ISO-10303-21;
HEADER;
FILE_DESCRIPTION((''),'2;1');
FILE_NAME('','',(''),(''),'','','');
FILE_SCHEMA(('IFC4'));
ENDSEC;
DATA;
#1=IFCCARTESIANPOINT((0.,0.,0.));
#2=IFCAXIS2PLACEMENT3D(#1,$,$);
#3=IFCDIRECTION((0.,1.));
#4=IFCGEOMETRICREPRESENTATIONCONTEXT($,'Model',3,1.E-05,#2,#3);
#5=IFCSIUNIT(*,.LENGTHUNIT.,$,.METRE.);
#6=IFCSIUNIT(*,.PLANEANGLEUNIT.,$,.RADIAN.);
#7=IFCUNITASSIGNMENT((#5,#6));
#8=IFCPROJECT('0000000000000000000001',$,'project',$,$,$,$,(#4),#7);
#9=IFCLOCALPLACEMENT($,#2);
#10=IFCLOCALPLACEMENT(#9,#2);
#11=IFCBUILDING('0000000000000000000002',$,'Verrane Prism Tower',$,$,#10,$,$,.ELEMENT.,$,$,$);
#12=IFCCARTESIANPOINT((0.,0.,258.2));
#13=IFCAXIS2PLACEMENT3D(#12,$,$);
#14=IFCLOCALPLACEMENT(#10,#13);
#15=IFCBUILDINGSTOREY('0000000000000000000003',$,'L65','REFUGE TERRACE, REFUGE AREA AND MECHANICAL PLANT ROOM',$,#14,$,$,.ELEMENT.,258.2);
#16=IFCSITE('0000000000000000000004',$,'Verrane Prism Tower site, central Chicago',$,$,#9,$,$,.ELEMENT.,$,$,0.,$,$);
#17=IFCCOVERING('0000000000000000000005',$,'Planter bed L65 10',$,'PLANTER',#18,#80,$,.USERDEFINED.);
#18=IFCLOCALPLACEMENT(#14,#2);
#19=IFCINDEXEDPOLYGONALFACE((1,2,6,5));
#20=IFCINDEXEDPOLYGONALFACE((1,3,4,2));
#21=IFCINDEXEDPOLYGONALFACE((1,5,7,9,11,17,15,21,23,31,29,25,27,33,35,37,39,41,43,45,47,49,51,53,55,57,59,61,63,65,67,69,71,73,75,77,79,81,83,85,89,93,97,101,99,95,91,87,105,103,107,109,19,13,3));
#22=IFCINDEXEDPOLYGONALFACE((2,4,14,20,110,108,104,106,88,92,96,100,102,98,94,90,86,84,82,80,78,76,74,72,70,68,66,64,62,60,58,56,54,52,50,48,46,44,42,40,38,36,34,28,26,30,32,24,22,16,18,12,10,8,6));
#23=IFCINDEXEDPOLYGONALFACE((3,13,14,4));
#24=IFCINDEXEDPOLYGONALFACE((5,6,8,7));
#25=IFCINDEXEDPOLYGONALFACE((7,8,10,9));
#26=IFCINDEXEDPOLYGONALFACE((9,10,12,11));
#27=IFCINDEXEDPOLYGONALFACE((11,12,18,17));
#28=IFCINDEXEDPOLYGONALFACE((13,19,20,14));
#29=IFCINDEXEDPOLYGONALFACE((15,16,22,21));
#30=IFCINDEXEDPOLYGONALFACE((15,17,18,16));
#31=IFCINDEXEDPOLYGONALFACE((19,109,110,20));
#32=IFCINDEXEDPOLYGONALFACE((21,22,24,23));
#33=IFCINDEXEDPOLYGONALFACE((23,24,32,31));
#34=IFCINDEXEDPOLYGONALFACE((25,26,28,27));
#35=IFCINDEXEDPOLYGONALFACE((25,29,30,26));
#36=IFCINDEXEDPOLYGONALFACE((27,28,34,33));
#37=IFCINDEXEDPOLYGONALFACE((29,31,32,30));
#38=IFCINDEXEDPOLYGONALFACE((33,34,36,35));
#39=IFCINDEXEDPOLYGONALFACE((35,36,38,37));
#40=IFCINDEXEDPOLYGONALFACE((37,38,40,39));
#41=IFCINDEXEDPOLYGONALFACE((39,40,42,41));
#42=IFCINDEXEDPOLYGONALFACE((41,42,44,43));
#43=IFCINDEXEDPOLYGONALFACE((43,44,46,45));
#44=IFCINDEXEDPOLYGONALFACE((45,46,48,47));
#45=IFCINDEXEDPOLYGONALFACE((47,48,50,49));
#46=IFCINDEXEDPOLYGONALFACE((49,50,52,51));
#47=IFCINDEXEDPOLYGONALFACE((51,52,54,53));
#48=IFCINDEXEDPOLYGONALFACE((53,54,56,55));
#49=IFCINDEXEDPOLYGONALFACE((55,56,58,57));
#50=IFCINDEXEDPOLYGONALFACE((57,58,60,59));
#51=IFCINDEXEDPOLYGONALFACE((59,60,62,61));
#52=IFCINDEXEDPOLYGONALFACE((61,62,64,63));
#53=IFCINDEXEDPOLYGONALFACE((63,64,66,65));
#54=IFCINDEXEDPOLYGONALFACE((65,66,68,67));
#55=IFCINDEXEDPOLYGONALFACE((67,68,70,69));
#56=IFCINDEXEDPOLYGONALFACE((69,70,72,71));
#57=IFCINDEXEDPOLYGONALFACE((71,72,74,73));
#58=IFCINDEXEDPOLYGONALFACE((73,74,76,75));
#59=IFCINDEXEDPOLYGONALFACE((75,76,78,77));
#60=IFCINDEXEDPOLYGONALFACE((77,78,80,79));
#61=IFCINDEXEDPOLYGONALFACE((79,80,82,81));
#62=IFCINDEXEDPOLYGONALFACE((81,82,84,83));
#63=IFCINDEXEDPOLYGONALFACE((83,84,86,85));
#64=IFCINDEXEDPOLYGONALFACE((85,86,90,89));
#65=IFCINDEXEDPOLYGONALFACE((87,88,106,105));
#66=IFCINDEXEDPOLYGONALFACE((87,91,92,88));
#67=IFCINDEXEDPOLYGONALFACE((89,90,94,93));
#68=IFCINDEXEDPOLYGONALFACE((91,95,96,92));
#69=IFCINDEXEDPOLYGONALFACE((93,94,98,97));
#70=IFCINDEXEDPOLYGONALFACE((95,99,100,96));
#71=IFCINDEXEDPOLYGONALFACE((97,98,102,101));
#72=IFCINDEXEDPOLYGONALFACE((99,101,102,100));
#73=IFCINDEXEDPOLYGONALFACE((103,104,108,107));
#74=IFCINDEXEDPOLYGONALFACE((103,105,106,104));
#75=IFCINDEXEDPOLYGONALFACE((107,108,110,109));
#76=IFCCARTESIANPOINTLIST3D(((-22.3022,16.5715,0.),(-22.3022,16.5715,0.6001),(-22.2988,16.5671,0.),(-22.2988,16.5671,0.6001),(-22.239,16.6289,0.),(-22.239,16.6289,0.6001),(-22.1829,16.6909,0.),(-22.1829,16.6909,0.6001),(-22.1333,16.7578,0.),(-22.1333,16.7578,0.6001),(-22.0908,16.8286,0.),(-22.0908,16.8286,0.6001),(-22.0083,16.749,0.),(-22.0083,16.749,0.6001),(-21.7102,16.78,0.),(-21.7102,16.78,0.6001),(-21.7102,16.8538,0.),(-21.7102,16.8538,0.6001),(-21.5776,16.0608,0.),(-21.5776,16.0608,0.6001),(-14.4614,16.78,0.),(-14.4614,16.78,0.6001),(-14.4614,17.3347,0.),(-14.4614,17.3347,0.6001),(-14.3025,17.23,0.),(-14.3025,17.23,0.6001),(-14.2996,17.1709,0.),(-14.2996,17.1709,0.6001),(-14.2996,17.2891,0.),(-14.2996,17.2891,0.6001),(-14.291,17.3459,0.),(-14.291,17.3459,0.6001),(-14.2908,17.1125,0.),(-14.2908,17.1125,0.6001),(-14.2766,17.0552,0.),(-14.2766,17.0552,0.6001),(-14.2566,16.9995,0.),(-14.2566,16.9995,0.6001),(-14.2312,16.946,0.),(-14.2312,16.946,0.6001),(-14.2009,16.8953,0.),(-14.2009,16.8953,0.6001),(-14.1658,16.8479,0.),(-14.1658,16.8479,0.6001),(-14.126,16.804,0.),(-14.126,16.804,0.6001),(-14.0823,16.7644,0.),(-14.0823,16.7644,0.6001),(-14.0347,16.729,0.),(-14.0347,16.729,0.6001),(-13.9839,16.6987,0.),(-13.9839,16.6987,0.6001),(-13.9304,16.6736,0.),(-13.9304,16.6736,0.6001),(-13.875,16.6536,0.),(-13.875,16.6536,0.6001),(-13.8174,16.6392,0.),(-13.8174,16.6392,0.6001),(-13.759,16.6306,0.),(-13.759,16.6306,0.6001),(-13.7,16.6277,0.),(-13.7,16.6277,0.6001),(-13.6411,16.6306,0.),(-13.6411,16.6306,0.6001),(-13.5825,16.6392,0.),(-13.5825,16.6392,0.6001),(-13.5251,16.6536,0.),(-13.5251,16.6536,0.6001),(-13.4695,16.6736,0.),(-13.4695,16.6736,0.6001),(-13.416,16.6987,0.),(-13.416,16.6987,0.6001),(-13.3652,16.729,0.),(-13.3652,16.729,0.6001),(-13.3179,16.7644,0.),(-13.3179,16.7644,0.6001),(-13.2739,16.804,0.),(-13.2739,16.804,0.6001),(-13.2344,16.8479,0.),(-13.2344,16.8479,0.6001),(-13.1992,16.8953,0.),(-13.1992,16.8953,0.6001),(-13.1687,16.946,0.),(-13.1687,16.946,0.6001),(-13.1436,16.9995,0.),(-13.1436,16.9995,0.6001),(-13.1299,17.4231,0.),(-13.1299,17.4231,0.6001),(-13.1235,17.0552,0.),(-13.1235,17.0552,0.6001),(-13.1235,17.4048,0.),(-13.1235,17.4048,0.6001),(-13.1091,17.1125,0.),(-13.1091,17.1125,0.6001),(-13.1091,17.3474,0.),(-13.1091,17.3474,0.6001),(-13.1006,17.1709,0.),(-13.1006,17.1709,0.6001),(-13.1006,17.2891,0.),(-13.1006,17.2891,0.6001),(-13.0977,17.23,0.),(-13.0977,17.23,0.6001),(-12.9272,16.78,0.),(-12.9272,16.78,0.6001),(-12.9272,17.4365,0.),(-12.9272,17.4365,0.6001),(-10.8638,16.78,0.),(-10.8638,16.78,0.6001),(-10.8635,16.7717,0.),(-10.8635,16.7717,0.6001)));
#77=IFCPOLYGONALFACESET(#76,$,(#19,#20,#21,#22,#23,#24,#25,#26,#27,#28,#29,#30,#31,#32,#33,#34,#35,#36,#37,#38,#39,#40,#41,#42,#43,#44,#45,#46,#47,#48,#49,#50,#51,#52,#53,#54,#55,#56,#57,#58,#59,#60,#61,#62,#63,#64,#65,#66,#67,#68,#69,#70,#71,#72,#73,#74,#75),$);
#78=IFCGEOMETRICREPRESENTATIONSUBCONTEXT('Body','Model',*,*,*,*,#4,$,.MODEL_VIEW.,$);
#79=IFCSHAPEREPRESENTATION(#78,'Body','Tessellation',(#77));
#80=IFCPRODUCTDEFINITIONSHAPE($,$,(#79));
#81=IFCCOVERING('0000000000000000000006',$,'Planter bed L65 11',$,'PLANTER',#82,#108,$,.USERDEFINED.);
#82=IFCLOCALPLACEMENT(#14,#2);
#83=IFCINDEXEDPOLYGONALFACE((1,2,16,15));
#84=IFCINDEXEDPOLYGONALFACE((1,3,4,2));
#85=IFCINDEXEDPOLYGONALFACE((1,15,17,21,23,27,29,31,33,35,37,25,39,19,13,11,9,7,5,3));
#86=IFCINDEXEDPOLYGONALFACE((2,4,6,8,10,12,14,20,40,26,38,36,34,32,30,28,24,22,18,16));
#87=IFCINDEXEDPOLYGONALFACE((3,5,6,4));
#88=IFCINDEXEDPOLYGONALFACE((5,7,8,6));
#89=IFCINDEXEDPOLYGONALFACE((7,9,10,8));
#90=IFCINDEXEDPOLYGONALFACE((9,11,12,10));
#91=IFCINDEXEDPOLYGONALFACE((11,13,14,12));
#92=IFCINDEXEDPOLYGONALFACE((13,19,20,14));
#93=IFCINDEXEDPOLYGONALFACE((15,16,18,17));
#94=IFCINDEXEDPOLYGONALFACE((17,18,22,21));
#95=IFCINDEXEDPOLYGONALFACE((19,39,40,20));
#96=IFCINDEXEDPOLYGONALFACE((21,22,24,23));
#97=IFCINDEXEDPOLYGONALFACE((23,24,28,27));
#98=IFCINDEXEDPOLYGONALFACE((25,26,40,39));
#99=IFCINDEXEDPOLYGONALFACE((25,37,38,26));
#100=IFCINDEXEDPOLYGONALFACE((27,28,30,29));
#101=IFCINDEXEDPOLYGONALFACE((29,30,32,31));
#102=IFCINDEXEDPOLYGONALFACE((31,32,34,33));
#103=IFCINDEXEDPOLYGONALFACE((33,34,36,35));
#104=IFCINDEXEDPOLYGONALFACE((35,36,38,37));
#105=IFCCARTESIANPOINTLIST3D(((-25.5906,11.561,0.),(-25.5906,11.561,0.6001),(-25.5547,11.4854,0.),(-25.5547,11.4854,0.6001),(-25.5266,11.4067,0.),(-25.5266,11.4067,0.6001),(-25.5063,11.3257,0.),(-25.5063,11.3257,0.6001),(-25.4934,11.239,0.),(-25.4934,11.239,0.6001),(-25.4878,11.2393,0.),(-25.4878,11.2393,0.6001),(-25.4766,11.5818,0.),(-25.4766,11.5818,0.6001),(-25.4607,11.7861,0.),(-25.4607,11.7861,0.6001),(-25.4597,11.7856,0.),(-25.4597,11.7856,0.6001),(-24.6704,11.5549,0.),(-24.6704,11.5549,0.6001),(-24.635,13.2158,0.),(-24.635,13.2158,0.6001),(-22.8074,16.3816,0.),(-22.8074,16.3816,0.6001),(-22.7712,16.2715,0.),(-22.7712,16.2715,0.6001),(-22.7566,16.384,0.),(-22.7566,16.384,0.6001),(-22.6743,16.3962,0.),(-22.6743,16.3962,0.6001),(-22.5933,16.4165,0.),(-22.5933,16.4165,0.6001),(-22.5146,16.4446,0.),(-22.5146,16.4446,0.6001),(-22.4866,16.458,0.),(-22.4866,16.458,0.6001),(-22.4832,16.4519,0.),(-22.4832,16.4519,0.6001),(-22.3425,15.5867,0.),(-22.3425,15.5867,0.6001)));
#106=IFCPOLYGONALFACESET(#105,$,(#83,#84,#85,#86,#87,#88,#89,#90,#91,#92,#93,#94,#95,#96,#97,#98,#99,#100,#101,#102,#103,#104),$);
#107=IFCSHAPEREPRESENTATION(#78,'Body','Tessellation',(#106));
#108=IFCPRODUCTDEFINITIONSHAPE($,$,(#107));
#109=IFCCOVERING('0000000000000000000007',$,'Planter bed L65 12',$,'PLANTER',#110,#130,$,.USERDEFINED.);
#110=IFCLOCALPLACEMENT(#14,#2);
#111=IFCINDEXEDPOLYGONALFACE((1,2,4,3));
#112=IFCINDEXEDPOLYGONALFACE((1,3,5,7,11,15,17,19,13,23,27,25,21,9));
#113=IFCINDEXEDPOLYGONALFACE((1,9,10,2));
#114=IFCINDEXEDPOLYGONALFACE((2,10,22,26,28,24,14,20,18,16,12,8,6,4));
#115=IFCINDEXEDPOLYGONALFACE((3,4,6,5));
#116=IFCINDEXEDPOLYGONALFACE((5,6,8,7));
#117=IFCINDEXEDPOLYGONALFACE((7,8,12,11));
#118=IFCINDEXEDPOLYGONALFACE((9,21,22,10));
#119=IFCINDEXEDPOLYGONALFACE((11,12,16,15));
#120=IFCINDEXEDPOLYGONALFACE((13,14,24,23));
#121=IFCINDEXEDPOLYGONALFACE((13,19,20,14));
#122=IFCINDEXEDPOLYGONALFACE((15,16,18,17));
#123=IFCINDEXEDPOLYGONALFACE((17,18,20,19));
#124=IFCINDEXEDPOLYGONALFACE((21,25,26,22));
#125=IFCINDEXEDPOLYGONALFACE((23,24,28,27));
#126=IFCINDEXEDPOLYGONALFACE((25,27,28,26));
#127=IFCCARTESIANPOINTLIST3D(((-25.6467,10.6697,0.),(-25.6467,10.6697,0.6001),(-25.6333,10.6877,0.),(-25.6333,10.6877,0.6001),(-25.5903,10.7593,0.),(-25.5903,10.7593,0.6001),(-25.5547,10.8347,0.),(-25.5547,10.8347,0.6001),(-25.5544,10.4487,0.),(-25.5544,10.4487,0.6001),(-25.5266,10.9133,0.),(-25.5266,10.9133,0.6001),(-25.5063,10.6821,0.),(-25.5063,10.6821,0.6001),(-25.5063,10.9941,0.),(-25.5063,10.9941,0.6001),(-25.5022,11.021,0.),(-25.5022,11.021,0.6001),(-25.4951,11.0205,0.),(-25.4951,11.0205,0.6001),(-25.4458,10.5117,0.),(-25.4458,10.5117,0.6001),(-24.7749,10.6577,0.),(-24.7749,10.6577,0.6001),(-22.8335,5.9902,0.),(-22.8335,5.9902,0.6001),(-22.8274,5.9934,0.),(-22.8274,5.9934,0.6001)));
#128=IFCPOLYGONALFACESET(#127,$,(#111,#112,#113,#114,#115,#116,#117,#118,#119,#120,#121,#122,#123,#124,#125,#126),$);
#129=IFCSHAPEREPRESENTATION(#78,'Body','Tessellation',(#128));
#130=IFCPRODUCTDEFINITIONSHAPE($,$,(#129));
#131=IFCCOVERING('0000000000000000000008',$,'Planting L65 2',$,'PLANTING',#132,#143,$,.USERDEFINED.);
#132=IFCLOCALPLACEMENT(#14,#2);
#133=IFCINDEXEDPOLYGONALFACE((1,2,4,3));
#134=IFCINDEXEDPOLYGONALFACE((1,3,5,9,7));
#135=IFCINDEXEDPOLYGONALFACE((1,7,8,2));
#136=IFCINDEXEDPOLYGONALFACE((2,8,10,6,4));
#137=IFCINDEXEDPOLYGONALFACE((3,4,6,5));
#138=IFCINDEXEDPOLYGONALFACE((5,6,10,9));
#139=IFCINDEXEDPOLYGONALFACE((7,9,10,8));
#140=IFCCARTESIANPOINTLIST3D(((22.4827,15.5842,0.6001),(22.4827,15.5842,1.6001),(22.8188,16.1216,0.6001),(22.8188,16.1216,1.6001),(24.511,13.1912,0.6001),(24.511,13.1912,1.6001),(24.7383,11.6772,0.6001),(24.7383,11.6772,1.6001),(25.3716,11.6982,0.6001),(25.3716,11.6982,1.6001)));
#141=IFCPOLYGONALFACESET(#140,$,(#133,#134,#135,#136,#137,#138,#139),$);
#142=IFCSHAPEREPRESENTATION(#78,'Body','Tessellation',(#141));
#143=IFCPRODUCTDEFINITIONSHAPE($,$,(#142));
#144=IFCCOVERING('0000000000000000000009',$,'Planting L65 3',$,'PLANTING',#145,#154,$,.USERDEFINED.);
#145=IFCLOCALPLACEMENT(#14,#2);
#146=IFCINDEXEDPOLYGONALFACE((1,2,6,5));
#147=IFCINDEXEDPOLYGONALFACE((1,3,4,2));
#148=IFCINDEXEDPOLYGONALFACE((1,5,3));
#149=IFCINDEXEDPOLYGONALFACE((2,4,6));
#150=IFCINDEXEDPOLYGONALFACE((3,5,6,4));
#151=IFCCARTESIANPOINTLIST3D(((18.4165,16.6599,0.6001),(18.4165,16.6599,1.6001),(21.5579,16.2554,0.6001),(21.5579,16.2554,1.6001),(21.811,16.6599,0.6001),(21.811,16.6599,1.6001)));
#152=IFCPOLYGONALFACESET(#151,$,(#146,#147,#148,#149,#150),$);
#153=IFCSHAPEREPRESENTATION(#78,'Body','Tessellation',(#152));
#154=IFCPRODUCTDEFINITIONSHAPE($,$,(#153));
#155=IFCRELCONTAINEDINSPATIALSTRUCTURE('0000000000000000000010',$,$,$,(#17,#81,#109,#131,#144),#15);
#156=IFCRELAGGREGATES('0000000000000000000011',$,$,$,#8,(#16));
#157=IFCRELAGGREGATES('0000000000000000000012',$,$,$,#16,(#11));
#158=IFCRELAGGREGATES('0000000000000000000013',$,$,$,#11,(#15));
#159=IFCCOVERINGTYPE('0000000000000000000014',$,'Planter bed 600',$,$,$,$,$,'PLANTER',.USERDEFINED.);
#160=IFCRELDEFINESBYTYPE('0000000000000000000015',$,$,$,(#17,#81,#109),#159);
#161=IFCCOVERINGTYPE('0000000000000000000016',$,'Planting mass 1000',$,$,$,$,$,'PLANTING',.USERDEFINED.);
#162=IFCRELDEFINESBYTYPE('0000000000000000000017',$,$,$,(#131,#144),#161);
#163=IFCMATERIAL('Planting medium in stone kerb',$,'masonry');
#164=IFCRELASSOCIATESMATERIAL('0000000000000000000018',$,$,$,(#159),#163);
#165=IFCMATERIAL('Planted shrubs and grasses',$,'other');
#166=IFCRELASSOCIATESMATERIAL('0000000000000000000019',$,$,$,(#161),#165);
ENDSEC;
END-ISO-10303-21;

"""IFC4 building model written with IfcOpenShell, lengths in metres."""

from ifc_helpers import new_model, si_unit, direction, frame, origin, place, context, subcontext, project, spatial, polyline, outline, extrude, material, type_object, element, save


model = new_model("IFC4")

# Units and contexts
model_context = context("Model", 3, precision=1e-05, world=origin(), true_north=direction((0.0, 1.0)))
body_context = subcontext(model_context, "Body", "Model", "MODEL_VIEW")
ifc_project = project(units=[si_unit("LENGTHUNIT", "METRE"), si_unit("PLANEANGLEUNIT", "RADIAN")], contexts=[model_context])

# Site, building, storey
site_placement = place(None, origin())
site = spatial("IfcSite", under=ifc_project, at=site_placement, Name="Verrane Prism Tower site, central Chicago", CompositionType="ELEMENT", RefElevation=0.0)
building_placement = place(site_placement, origin())
building = spatial("IfcBuilding", under=site, at=building_placement, Name="Verrane Prism Tower", CompositionType="ELEMENT")
storey_placement = place(building_placement, frame((0.0, 0.0, 258.2)))
storey = spatial("IfcBuildingStorey", under=building, at=storey_placement, Name="L65", Description="REFUGE TERRACE, REFUGE AREA AND MECHANICAL PLANT ROOM", CompositionType="ELEMENT", Elevation=258.2)

# Coverings
ifc_material_1 = material(Name="Planting medium in stone kerb", Category="masonry")
covering_type_1 = type_object("IfcCoveringType", Name="Planter bed 600", ElementType="PLANTER", PredefinedType="USERDEFINED", material=ifc_material_1)
covering_1_placement = place(storey_placement, origin())
element("IfcCovering", 1, at=covering_1_placement, inside=storey, type_object=covering_type_1, Name="Planter bed L65 10", ObjectType="PLANTER", PredefinedType="USERDEFINED", context=body_context, shape_type="SweptSolid", body=[
    extrude(outline(polyline([(-22.0083, 16.749), (-21.5776, 16.0608), (-10.8635, 16.7717), (-10.8638, 16.78), (-12.9272, 16.78), (-12.9272, 17.4365), (-13.1299, 17.4231), (-13.1235, 17.4048), (-13.1091, 17.3474), (-13.1006, 17.2891), (-13.0977, 17.23), (-13.1006, 17.1709), (-13.1091, 17.1125), (-13.1235, 17.0552), (-13.1436, 16.9995), (-13.1687, 16.946), (-13.1992, 16.8953), (-13.2344, 16.8479), (-13.2739, 16.804), (-13.3179, 16.7644), (-13.3652, 16.729), (-13.416, 16.6987), (-13.4695, 16.6736), (-13.5251, 16.6536), (-13.5825, 16.6392), (-13.6411, 16.6306), (-13.7, 16.6277), (-13.759, 16.6306), (-13.8174, 16.6392), (-13.875, 16.6536), (-13.9304, 16.6736), (-13.9839, 16.6987), (-14.0347, 16.729), (-14.0823, 16.7644), (-14.126, 16.804), (-14.1658, 16.8479), (-14.2009, 16.8953), (-14.2312, 16.946), (-14.2566, 16.9995), (-14.2766, 17.0552), (-14.2908, 17.1125), (-14.2996, 17.1709), (-14.3025, 17.23), (-14.2996, 17.2891), (-14.291, 17.3459), (-14.4614, 17.3347), (-14.4614, 16.78), (-21.7102, 16.78), (-21.7102, 16.8538), (-22.0908, 16.8286), (-22.1333, 16.7578), (-22.1829, 16.6909), (-22.239, 16.6289), (-22.3022, 16.5715), (-22.2988, 16.5671), (-22.0083, 16.749)])), origin(), (0.0, 0.0, 1.0), 0.6001),
])
covering_2_placement = place(storey_placement, origin())
element("IfcCovering", 2, at=covering_2_placement, inside=storey, type_object=covering_type_1, Name="Planter bed L65 11", ObjectType="PLANTER", PredefinedType="USERDEFINED", context=body_context, shape_type="SweptSolid", body=[
    extrude(outline(polyline([(-25.5547, 11.4854), (-25.5266, 11.4067), (-25.5063, 11.3257), (-25.4934, 11.239), (-25.4878, 11.2393), (-25.4766, 11.5818), (-24.6704, 11.5549), (-22.3425, 15.5867), (-22.7712, 16.2715), (-22.4832, 16.4519), (-22.4866, 16.458), (-22.5146, 16.4446), (-22.5933, 16.4165), (-22.6743, 16.3962), (-22.7566, 16.384), (-22.8074, 16.3816), (-24.635, 13.2158), (-25.4597, 11.7856), (-25.4607, 11.7861), (-25.5906, 11.561), (-25.5547, 11.4854)])), origin(), (0.0, 0.0, 1.0), 0.6001),
])
covering_3_placement = place(storey_placement, origin())
element("IfcCovering", 3, at=covering_3_placement, inside=storey, type_object=covering_type_1, Name="Planter bed L65 12", ObjectType="PLANTER", PredefinedType="USERDEFINED", context=body_context, shape_type="SweptSolid", body=[
    extrude(outline(polyline([(-25.5544, 10.4487), (-25.4458, 10.5117), (-22.8335, 5.9902), (-22.8274, 5.9934), (-24.7749, 10.6577), (-25.5063, 10.6821), (-25.4951, 11.0205), (-25.5022, 11.021), (-25.5063, 10.9941), (-25.5266, 10.9133), (-25.5547, 10.8347), (-25.5903, 10.7593), (-25.6333, 10.6877), (-25.6467, 10.6697), (-25.5544, 10.4487)])), origin(), (0.0, 0.0, 1.0), 0.6001),
])
ifc_material_2 = material(Name="Planted shrubs and grasses", Category="other")
covering_type_2 = type_object("IfcCoveringType", Name="Planting mass 1000", ElementType="PLANTING", PredefinedType="USERDEFINED", material=ifc_material_2)
covering_4_placement = place(storey_placement, frame((0.0, 0.0, 0.6001)))
element("IfcCovering", 4, at=covering_4_placement, inside=storey, type_object=covering_type_2, Name="Planting L65 2", ObjectType="PLANTING", PredefinedType="USERDEFINED", context=body_context, shape_type="SweptSolid", body=[
    extrude(outline(polyline([(22.4827, 15.5842), (24.7383, 11.6772), (25.3716, 11.6982), (24.511, 13.1912), (22.8188, 16.1216), (22.4827, 15.5842)])), origin(), (0.0, 0.0, 1.0), 1.0),
])
covering_5_placement = place(storey_placement, frame((0.0, 0.0, 0.6001)))
element("IfcCovering", 5, at=covering_5_placement, inside=storey, type_object=covering_type_2, Name="Planting L65 3", ObjectType="PLANTING", PredefinedType="USERDEFINED", context=body_context, shape_type="SweptSolid", body=[
    extrude(outline(polyline([(21.5579, 16.2554), (21.811, 16.6599), (18.4165, 16.6599), (21.5579, 16.2554)])), origin(), (0.0, 0.0, 1.0), 1.0),
])

save(model, "model.ifc")
